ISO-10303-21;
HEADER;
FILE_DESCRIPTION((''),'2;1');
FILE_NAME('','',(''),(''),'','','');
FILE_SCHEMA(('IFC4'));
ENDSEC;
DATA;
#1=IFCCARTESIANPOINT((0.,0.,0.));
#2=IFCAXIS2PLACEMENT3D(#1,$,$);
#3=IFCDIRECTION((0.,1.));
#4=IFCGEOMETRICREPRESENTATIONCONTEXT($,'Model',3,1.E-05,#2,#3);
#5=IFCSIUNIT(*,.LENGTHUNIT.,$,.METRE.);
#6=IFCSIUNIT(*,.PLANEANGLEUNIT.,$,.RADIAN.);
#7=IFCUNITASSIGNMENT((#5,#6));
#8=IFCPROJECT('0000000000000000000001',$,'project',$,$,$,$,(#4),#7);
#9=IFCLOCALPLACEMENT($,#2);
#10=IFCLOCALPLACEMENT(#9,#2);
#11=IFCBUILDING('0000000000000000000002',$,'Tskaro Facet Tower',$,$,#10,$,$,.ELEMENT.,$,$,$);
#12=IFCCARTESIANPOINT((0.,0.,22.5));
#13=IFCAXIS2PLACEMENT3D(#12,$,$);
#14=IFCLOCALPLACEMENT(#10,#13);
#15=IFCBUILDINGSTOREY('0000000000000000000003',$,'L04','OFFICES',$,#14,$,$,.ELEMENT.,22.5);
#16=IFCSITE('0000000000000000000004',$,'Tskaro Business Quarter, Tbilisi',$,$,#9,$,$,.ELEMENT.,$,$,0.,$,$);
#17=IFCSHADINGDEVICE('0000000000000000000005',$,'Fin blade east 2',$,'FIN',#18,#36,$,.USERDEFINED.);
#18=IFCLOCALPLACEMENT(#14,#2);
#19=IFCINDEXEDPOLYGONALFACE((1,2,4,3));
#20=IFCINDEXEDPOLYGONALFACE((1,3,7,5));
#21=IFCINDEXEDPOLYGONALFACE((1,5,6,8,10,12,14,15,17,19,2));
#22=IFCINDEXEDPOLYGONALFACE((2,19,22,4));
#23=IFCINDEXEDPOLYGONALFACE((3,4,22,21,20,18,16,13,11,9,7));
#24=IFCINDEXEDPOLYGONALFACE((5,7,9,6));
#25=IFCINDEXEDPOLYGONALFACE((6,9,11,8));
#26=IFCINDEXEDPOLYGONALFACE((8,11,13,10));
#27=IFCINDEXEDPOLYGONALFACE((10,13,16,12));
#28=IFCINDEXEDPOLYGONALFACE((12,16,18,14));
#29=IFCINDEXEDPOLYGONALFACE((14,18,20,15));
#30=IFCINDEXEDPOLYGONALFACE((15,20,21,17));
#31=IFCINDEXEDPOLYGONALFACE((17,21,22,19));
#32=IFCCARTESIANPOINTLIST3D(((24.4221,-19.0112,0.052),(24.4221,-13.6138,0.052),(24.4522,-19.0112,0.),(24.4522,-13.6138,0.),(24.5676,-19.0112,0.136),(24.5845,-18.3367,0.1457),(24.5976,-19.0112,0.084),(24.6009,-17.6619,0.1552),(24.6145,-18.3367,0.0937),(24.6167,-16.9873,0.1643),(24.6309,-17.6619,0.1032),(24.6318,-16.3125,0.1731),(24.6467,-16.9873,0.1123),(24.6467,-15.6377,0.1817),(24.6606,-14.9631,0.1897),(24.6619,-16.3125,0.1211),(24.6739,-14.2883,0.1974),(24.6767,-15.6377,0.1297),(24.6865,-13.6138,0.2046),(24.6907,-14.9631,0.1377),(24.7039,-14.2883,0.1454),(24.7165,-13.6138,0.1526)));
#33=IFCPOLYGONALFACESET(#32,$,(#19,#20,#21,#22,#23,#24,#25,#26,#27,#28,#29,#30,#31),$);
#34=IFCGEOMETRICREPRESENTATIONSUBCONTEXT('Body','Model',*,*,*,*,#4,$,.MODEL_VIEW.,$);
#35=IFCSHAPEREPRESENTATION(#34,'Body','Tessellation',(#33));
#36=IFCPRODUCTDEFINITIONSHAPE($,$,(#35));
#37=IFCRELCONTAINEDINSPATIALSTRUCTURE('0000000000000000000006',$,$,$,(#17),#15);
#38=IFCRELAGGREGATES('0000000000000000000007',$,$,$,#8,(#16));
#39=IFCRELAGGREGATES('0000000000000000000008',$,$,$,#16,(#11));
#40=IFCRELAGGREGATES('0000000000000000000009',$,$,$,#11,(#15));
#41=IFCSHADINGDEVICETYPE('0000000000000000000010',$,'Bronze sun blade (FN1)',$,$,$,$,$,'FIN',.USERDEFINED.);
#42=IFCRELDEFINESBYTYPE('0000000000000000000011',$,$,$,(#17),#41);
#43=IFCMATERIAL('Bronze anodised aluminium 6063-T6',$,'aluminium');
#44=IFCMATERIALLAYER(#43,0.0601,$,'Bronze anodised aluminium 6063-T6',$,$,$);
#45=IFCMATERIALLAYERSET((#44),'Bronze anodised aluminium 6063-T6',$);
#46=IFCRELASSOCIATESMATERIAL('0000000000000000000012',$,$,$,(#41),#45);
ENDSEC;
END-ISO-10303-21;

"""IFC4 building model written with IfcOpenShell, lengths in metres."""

from ifc_helpers import new_model, si_unit, direction, frame, origin, place, context, subcontext, project, spatial, polyline, outline, extrude, material, layer, layer_set, type_object, element, save


model = new_model("IFC4")

# Units and contexts
model_context = context("Model", 3, precision=1e-05, world=origin(), true_north=direction((0.0, 1.0)))
body_context = subcontext(model_context, "Body", "Model", "MODEL_VIEW")
ifc_project = project(units=[si_unit("LENGTHUNIT", "METRE"), si_unit("PLANEANGLEUNIT", "RADIAN")], contexts=[model_context])

# Site, building, storey
site_placement = place(None, origin())
site = spatial("IfcSite", under=ifc_project, at=site_placement, Name="Tskaro Business Quarter, Tbilisi", CompositionType="ELEMENT", RefElevation=0.0)
building_placement = place(site_placement, origin())
building = spatial("IfcBuilding", under=site, at=building_placement, Name="Tskaro Facet Tower", CompositionType="ELEMENT")
storey_placement = place(building_placement, frame((0.0, 0.0, 22.5)))
storey = spatial("IfcBuildingStorey", under=building, at=storey_placement, Name="L04", Description="OFFICES", CompositionType="ELEMENT", Elevation=22.5)

# Shared definitions
ifc_material_1 = material(Name="Bronze anodised aluminium 6063-T6", Category="aluminium")

# Shading device
ifc_layer_1 = layer(ifc_material_1, 0.0601, Name="Bronze anodised aluminium 6063-T6")
ifc_layer_set_1 = layer_set([ifc_layer_1], Name="Bronze anodised aluminium 6063-T6")
shading_device_type = type_object("IfcShadingDeviceType", Name="Bronze sun blade (FN1)", ElementType="FIN", PredefinedType="USERDEFINED", material=ifc_layer_set_1)
shading_device_1_placement = place(storey_placement, frame((24.4221, -19.0112, 0.052), z_axis=(-0.500065, 0.000007, 0.865988), x_axis=(0.000004, 1.0, -0.000006)))
element("IfcShadingDevice", 1, at=shading_device_1_placement, inside=storey, type_object=shading_device_type, Name="Fin blade east 2", ObjectType="FIN", PredefinedType="USERDEFINED", context=body_context, shape_type="SweptSolid", body=[
    extrude(outline(polyline([(0.0, 0.0), (5.3975, 0.0), (5.3975, -0.3053), (4.7229, -0.2907), (4.0481, -0.2754), (3.3735, -0.2593), (2.6987, -0.2422), (2.0239, -0.2247), (1.3494, -0.2064), (0.6746, -0.1875), (0.0, -0.168), (0.0, 0.0)])), origin(), (0.0, 0.0, -1.0), 0.0601),
])

save(model, "model.ifc")
